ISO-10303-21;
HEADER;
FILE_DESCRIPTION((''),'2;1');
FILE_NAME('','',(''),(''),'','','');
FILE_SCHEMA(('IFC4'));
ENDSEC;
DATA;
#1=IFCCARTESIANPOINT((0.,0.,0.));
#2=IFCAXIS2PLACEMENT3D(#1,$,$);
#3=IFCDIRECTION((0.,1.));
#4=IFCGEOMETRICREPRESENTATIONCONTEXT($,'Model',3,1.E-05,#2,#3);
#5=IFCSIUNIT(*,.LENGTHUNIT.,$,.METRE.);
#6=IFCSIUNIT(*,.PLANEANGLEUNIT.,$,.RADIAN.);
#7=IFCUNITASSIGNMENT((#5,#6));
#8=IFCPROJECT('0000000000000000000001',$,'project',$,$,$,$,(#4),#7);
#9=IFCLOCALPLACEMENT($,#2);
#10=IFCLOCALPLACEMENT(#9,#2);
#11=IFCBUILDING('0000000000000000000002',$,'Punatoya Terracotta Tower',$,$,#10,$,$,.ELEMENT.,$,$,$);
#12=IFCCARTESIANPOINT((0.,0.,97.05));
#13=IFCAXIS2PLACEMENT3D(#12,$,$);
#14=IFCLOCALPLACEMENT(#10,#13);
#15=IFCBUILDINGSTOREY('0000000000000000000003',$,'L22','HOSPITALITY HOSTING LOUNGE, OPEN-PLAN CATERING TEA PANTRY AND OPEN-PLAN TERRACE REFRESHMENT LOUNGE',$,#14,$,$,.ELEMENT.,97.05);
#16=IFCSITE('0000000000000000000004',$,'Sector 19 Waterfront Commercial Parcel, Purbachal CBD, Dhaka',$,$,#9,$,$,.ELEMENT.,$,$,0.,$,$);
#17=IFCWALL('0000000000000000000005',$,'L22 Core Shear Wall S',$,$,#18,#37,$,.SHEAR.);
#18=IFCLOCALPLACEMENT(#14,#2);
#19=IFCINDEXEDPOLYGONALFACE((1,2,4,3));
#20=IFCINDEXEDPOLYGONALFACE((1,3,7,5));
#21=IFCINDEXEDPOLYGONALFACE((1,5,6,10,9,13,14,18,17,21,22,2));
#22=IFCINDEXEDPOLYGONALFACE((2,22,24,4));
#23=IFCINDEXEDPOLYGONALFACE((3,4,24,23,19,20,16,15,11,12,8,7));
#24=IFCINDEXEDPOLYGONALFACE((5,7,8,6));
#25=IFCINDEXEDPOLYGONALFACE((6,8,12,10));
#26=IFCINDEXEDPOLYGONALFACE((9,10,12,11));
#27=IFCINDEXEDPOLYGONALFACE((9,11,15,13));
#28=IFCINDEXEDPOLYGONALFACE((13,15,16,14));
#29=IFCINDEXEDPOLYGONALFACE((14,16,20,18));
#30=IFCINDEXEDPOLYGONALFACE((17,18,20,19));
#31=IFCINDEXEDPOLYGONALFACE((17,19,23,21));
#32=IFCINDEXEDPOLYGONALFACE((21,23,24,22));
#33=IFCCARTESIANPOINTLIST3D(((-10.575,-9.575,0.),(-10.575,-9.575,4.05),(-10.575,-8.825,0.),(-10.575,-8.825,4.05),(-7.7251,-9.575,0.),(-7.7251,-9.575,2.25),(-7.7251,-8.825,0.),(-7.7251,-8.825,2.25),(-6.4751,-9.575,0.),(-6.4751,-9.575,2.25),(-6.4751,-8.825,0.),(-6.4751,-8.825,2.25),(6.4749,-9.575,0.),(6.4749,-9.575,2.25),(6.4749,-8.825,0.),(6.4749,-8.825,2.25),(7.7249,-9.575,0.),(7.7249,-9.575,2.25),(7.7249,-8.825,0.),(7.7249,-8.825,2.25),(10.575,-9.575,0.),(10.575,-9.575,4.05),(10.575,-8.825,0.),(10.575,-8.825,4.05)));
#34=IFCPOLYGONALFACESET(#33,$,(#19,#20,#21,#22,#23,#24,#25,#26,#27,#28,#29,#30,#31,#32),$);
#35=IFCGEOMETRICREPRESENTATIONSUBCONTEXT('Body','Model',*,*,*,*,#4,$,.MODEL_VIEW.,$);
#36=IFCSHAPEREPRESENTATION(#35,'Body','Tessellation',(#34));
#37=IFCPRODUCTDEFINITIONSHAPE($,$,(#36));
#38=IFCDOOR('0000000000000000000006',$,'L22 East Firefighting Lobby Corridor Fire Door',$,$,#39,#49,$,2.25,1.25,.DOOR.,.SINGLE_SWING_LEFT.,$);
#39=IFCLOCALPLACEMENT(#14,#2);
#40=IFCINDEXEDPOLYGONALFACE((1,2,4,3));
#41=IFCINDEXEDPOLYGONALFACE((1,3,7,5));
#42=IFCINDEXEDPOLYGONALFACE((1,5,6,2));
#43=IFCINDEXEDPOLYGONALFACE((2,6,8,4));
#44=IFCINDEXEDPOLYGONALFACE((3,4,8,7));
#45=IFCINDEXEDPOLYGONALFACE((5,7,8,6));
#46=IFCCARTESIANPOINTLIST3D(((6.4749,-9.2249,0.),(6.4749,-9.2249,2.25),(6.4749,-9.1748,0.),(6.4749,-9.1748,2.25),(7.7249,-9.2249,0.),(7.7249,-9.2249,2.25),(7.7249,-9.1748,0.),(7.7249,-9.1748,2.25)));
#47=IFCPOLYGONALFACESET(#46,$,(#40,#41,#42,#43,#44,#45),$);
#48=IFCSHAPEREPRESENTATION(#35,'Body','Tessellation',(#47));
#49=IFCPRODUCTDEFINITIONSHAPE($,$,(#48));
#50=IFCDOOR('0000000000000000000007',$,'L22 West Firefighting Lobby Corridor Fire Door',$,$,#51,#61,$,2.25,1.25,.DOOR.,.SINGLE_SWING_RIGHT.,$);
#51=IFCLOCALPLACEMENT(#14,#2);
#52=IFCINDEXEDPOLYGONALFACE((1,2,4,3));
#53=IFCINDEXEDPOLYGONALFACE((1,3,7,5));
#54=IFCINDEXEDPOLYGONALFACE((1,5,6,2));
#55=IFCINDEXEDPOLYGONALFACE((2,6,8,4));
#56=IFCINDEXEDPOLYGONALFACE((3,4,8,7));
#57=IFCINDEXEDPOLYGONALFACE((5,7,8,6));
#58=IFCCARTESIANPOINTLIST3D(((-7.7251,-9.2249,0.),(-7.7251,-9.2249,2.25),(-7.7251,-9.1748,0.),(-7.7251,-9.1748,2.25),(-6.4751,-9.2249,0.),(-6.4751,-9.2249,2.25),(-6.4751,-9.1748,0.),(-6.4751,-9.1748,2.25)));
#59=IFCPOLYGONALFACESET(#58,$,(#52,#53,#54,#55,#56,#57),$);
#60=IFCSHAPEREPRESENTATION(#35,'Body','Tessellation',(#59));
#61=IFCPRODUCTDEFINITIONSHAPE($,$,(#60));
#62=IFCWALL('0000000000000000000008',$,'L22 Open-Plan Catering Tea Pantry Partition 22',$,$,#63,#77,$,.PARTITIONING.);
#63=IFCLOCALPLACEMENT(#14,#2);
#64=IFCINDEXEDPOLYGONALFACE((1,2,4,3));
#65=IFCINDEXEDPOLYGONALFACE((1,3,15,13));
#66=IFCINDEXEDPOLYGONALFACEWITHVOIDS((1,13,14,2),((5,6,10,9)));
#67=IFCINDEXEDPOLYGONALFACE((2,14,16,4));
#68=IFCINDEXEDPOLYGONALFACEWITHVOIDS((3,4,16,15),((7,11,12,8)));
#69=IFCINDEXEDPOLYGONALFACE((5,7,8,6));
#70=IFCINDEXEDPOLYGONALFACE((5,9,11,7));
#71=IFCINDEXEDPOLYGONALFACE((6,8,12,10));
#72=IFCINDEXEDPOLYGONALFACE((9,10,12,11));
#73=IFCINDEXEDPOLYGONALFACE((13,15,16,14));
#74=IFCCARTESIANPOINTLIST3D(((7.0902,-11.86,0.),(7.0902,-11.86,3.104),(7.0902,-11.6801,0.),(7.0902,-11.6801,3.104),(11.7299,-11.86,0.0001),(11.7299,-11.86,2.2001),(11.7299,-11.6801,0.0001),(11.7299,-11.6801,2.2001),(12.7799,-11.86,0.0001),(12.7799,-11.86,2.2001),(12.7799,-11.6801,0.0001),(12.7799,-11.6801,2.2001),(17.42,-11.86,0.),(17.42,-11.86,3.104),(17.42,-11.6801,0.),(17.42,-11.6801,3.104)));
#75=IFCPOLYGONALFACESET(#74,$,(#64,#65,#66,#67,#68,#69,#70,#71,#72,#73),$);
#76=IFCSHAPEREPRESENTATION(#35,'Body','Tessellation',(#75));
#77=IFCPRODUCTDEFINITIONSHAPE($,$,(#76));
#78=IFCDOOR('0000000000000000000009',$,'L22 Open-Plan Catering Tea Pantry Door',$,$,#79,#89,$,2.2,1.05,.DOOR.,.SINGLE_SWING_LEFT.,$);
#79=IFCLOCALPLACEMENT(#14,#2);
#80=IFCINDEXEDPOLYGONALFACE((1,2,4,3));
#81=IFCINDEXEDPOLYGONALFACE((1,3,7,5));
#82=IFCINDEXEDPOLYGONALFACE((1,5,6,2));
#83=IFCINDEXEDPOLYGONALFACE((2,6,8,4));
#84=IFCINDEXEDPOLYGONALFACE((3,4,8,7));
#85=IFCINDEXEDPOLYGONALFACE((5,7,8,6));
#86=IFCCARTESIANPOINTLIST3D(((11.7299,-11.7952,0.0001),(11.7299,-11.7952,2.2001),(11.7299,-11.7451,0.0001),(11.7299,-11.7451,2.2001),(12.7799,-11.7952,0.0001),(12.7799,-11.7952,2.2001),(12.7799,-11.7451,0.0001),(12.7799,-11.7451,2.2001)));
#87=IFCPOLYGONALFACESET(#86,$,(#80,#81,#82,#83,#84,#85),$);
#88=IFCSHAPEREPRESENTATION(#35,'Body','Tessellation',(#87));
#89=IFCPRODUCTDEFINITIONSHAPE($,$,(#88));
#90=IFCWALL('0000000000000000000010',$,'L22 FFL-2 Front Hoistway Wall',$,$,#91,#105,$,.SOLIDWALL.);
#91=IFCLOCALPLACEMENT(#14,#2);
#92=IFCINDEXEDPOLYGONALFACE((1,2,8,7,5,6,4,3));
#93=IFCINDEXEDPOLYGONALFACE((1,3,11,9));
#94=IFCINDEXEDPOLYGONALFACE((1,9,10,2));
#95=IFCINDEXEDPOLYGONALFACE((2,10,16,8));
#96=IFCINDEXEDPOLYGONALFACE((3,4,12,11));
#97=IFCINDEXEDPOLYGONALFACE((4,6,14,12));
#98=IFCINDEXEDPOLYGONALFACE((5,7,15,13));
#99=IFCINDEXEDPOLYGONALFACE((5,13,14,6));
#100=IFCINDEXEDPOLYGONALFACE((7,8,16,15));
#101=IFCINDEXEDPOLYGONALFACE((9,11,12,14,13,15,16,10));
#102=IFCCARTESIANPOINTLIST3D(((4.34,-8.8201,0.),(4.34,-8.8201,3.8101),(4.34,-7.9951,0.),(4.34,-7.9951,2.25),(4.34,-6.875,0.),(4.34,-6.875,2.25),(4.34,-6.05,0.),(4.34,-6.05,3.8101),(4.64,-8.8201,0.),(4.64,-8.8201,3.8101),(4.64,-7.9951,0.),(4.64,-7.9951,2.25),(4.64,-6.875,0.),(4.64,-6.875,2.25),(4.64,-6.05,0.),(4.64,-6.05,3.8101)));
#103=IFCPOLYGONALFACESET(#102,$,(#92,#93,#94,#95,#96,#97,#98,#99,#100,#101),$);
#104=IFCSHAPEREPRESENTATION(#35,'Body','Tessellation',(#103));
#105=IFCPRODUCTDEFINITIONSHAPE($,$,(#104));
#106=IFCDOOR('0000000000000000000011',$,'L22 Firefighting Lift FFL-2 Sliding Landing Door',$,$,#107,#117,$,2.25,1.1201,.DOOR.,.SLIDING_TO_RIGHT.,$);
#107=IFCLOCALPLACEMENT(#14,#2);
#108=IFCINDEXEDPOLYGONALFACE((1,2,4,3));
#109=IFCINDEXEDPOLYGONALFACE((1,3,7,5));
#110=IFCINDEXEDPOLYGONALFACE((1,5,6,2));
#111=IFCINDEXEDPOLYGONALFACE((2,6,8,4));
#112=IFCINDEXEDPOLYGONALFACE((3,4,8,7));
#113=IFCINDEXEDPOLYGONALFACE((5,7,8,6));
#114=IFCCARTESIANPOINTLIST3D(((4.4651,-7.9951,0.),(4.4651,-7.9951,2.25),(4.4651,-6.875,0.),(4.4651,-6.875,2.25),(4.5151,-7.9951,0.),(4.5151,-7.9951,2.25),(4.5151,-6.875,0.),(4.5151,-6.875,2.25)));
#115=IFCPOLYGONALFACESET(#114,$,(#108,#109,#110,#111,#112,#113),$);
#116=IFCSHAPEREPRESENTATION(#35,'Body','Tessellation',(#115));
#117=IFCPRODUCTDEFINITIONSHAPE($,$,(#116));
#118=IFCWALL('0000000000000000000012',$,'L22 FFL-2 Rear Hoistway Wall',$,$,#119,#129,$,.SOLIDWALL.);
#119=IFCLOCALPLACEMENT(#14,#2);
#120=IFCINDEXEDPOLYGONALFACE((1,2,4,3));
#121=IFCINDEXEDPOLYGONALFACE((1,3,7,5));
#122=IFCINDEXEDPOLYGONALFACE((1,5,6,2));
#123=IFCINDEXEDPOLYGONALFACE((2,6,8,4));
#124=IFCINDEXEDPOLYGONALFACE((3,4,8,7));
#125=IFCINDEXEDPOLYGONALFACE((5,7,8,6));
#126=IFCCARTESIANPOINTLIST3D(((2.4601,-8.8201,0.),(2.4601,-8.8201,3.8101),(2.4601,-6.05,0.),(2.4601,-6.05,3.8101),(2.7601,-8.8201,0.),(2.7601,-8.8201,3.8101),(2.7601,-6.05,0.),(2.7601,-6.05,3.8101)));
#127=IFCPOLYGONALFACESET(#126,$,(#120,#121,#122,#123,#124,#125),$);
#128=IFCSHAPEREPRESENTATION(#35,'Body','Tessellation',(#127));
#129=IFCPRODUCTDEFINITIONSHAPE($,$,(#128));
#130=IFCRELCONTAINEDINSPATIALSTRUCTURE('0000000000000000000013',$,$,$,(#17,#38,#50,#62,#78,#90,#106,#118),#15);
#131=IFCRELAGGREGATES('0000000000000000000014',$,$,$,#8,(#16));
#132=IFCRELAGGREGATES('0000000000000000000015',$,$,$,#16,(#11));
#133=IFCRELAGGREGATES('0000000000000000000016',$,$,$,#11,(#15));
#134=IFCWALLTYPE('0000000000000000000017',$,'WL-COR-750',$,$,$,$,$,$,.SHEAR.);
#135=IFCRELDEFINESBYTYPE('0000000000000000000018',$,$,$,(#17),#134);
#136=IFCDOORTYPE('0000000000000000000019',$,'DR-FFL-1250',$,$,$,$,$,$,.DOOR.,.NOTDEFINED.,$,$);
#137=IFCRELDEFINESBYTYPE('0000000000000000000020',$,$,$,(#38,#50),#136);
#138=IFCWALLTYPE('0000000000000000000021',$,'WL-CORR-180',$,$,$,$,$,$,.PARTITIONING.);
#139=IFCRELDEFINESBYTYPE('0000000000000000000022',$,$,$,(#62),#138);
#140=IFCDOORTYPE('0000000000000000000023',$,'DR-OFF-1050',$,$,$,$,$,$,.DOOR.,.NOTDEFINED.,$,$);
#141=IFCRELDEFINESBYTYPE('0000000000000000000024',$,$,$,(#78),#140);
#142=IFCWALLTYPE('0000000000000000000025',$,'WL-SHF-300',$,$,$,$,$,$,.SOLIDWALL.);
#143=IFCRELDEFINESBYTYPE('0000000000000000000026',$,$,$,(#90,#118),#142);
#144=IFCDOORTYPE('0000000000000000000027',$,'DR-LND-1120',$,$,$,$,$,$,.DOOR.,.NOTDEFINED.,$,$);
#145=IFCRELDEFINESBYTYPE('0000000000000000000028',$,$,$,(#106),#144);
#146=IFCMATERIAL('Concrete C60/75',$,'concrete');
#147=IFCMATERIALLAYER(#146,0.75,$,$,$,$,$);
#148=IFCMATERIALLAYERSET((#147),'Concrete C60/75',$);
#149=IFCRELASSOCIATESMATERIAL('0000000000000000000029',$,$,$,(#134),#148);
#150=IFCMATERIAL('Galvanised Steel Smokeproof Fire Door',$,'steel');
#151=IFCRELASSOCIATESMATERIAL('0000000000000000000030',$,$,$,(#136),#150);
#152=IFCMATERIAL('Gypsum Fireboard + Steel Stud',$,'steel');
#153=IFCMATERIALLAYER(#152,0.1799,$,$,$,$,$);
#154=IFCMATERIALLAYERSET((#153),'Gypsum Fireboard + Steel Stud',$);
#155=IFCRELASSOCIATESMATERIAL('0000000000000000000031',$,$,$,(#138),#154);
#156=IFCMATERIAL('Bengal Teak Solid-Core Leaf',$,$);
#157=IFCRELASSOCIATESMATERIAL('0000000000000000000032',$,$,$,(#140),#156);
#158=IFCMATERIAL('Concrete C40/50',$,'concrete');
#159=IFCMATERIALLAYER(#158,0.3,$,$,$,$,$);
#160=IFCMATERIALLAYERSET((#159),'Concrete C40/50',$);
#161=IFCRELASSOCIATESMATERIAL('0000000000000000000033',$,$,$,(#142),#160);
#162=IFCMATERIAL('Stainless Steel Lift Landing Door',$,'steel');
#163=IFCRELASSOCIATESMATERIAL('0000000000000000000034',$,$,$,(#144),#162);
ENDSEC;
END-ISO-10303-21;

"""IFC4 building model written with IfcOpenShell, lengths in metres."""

from ifc_helpers import new_model, si_unit, direction, frame, frame_2d, origin, place, context, subcontext, project, spatial, rectangle, extrude, material, layer, layer_set, type_object, element, fill, save


model = new_model("IFC4")

# Units and contexts
model_context = context("Model", 3, precision=1e-05, world=origin(), true_north=direction((0.0, 1.0)))
body_context = subcontext(model_context, "Body", "Model", "MODEL_VIEW")
ifc_project = project(units=[si_unit("LENGTHUNIT", "METRE"), si_unit("PLANEANGLEUNIT", "RADIAN")], contexts=[model_context])

# Site, building, storey
site_placement = place(None, origin())
site = spatial("IfcSite", under=ifc_project, at=site_placement, Name="Sector 19 Waterfront Commercial Parcel, Purbachal CBD, Dhaka", CompositionType="ELEMENT", RefElevation=0.0)
building_placement = place(site_placement, origin())
building = spatial("IfcBuilding", under=site, at=building_placement, Name="Punatoya Terracotta Tower", CompositionType="ELEMENT")
storey_placement = place(building_placement, frame((0.0, 0.0, 97.05)))
storey = spatial("IfcBuildingStorey", under=building, at=storey_placement, Name="L22", Description="HOSPITALITY HOSTING LOUNGE, OPEN-PLAN CATERING TEA PANTRY AND OPEN-PLAN TERRACE REFRESHMENT LOUNGE", CompositionType="ELEMENT", Elevation=97.05)

# Shared definitions
ifc_material_1 = material(Name="Concrete C40/50", Category="concrete")

# Wall, openings, doors
ifc_material_2 = material(Name="Concrete C60/75", Category="concrete")
ifc_layer_1 = layer(ifc_material_2, 0.75)
ifc_layer_set_1 = layer_set([ifc_layer_1], Name="Concrete C60/75")
wall_type_1 = type_object("IfcWallType", Name="WL-COR-750", PredefinedType="SHEAR", material=ifc_layer_set_1)
wall_1_placement = place(storey_placement, frame((10.575, -9.2, 0.0), z_axis=(0.0, 0.0, 1.0), x_axis=(-1.0, 0.0, 0.0)))
wall_1 = element("IfcWall", 1, at=wall_1_placement, inside=storey, type_object=wall_type_1, Name="L22 Core Shear Wall S", PredefinedType="SHEAR", context=body_context, shape_type="SweptSolid", body=[
    extrude(rectangle(XDim=21.1499, YDim=0.75, at=frame_2d((10.575, 0.0))), origin(), (0.0, 0.0, 1.0), 4.05),
])
opening_1_placement = place(wall_1_placement, frame((2.8501, 0.0, 0.0)))
opening_1 = element("IfcOpeningElement", 2, at=opening_1_placement, cuts=wall_1, PredefinedType="OPENING", context=body_context, shape_type="SweptSolid", body=[
    extrude(rectangle(XDim=1.25, YDim=2.25, at=frame_2d((0.625, 1.125))), frame((0.0, 0.385, 0.0), z_axis=(0.0, -1.0, 0.0), x_axis=(1.0, 0.0, 0.0)), (0.0, 0.0, 1.0), 0.77),
])
opening_2_placement = place(wall_1_placement, frame((17.05, 0.0, 0.0)))
opening_2 = element("IfcOpeningElement", 3, at=opening_2_placement, cuts=wall_1, PredefinedType="OPENING", context=body_context, shape_type="SweptSolid", body=[
    extrude(rectangle(XDim=1.25, YDim=2.25, at=frame_2d((0.625, 1.125))), frame((0.0, 0.385, 0.0), z_axis=(0.0, -1.0, 0.0), x_axis=(1.0, 0.0, 0.0)), (0.0, 0.0, 1.0), 0.77),
])
ifc_material_3 = material(Name="Galvanised Steel Smokeproof Fire Door", Category="steel")
door_type_1 = type_object("IfcDoorType", Name="DR-FFL-1250", OperationType="NOTDEFINED", PredefinedType="DOOR", material=ifc_material_3)
door_1_placement = place(opening_1_placement, origin())
door_1 = element("IfcDoor", 4, at=door_1_placement, inside=storey, type_object=door_type_1, Name="L22 East Firefighting Lobby Corridor Fire Door", OperationType="SINGLE_SWING_LEFT", OverallHeight=2.25, OverallWidth=1.25, PredefinedType="DOOR", context=body_context, shape_type="SweptSolid", body=[
    extrude(rectangle(XDim=1.25, YDim=2.25, at=frame_2d((0.625, 1.125))), frame((0.0, 0.0249, 0.0), z_axis=(0.0, -1.0, 0.0), x_axis=(1.0, 0.0, 0.0)), (0.0, 0.0, 1.0), 0.05),
])
fill(opening_1, door_1)
door_2_placement = place(opening_2_placement, origin())
door_2 = element("IfcDoor", 5, at=door_2_placement, inside=storey, type_object=door_type_1, Name="L22 West Firefighting Lobby Corridor Fire Door", OperationType="SINGLE_SWING_RIGHT", OverallHeight=2.25, OverallWidth=1.25, PredefinedType="DOOR", context=body_context, shape_type="SweptSolid", body=[
    extrude(rectangle(XDim=1.25, YDim=2.25, at=frame_2d((0.625, 1.125))), frame((0.0, 0.0249, 0.0), z_axis=(0.0, -1.0, 0.0), x_axis=(1.0, 0.0, 0.0)), (0.0, 0.0, 1.0), 0.05),
])
fill(opening_2, door_2)

# Walls, openings, doors
ifc_material_4 = material(Name="Gypsum Fireboard + Steel Stud", Category="steel")
ifc_layer_2 = layer(ifc_material_4, 0.1799)
ifc_layer_set_2 = layer_set([ifc_layer_2], Name="Gypsum Fireboard + Steel Stud")
wall_type_2 = type_object("IfcWallType", Name="WL-CORR-180", PredefinedType="PARTITIONING", material=ifc_layer_set_2)
wall_2_placement = place(storey_placement, frame((7.0901, -11.77, 0.0), z_axis=(0.0, 0.0, 1.0), x_axis=(1.0, 0.0, 0.0)))
wall_2 = element("IfcWall", 6, at=wall_2_placement, inside=storey, type_object=wall_type_2, Name="L22 Open-Plan Catering Tea Pantry Partition 22", PredefinedType="PARTITIONING", context=body_context, shape_type="SweptSolid", body=[
    extrude(rectangle(XDim=10.3298, YDim=0.1799, at=frame_2d((5.165, 0.0))), origin(), (0.0, 0.0, 1.0), 3.104),
])
opening_3_placement = place(wall_2_placement, frame((4.6399, 0.0, 0.0)))
opening_3 = element("IfcOpeningElement", 7, at=opening_3_placement, cuts=wall_2, PredefinedType="OPENING", context=body_context, shape_type="SweptSolid", body=[
    extrude(rectangle(XDim=1.05, YDim=2.2, at=frame_2d((0.5249, 1.1001))), frame((0.0, 0.0999, 0.0), z_axis=(0.0, -1.0, 0.0), x_axis=(1.0, 0.0, 0.0)), (0.0, 0.0, 1.0), 0.2),
])
ifc_material_5 = material(Name="Bengal Teak Solid-Core Leaf")
door_type_2 = type_object("IfcDoorType", Name="DR-OFF-1050", OperationType="NOTDEFINED", PredefinedType="DOOR", material=ifc_material_5)
door_3_placement = place(opening_3_placement, origin())
door_3 = element("IfcDoor", 8, at=door_3_placement, inside=storey, type_object=door_type_2, Name="L22 Open-Plan Catering Tea Pantry Door", OperationType="SINGLE_SWING_LEFT", OverallHeight=2.2, OverallWidth=1.05, PredefinedType="DOOR", context=body_context, shape_type="SweptSolid", body=[
    extrude(rectangle(XDim=1.05, YDim=2.2, at=frame_2d((0.5249, 1.1001))), frame((0.0, 0.0249, 0.0), z_axis=(0.0, -1.0, 0.0), x_axis=(1.0, 0.0, 0.0)), (0.0, 0.0, 1.0), 0.05),
])
fill(opening_3, door_3)
ifc_layer_3 = layer(ifc_material_1, 0.3)
ifc_layer_set_3 = layer_set([ifc_layer_3], Name="Concrete C40/50")
wall_type_3 = type_object("IfcWallType", Name="WL-SHF-300", PredefinedType="SOLIDWALL", material=ifc_layer_set_3)
wall_3_placement = place(storey_placement, frame((4.49, -8.8201, 0.0), z_axis=(0.0, 0.0, 1.0), x_axis=(0.0, 1.0, 0.0)))
wall_3 = element("IfcWall", 9, at=wall_3_placement, inside=storey, type_object=wall_type_3, Name="L22 FFL-2 Front Hoistway Wall", PredefinedType="SOLIDWALL", context=body_context, shape_type="SweptSolid", body=[
    extrude(rectangle(XDim=2.77, YDim=0.3, at=frame_2d((1.385, 0.0))), origin(), (0.0, 0.0, 1.0), 3.8101),
])
opening_4_placement = place(wall_3_placement, frame((0.825, 0.0, 0.0)))
opening_4 = element("IfcOpeningElement", 10, at=opening_4_placement, cuts=wall_3, PredefinedType="OPENING", context=body_context, shape_type="SweptSolid", body=[
    extrude(rectangle(XDim=1.1201, YDim=2.25, at=frame_2d((0.5601, 1.125))), frame((0.0, 0.1599, 0.0), z_axis=(0.0, -1.0, 0.0), x_axis=(1.0, 0.0, 0.0)), (0.0, 0.0, 1.0), 0.3201),
])
ifc_material_6 = material(Name="Stainless Steel Lift Landing Door", Category="steel")
door_type_3 = type_object("IfcDoorType", Name="DR-LND-1120", OperationType="NOTDEFINED", PredefinedType="DOOR", material=ifc_material_6)
door_4_placement = place(opening_4_placement, origin())
door_4 = element("IfcDoor", 11, at=door_4_placement, inside=storey, type_object=door_type_3, Name="L22 Firefighting Lift FFL-2 Sliding Landing Door", OperationType="SLIDING_TO_RIGHT", OverallHeight=2.25, OverallWidth=1.1201, PredefinedType="DOOR", context=body_context, shape_type="SweptSolid", body=[
    extrude(rectangle(XDim=1.1201, YDim=2.25, at=frame_2d((0.5601, 1.125))), frame((0.0, 0.0249, 0.0), z_axis=(0.0, -1.0, 0.0), x_axis=(1.0, 0.0, 0.0)), (0.0, 0.0, 1.0), 0.05),
])
fill(opening_4, door_4)

# Wall
wall_4_placement = place(storey_placement, frame((2.6101, -8.8201, 0.0), z_axis=(0.0, 0.0, 1.0), x_axis=(0.0, 1.0, 0.0)))
element("IfcWall", 12, at=wall_4_placement, inside=storey, type_object=wall_type_3, Name="L22 FFL-2 Rear Hoistway Wall", PredefinedType="SOLIDWALL", context=body_context, shape_type="SweptSolid", body=[
    extrude(rectangle(XDim=2.77, YDim=0.3, at=frame_2d((1.385, 0.0))), origin(), (0.0, 0.0, 1.0), 3.8101),
])

save(model, "model.ifc")
